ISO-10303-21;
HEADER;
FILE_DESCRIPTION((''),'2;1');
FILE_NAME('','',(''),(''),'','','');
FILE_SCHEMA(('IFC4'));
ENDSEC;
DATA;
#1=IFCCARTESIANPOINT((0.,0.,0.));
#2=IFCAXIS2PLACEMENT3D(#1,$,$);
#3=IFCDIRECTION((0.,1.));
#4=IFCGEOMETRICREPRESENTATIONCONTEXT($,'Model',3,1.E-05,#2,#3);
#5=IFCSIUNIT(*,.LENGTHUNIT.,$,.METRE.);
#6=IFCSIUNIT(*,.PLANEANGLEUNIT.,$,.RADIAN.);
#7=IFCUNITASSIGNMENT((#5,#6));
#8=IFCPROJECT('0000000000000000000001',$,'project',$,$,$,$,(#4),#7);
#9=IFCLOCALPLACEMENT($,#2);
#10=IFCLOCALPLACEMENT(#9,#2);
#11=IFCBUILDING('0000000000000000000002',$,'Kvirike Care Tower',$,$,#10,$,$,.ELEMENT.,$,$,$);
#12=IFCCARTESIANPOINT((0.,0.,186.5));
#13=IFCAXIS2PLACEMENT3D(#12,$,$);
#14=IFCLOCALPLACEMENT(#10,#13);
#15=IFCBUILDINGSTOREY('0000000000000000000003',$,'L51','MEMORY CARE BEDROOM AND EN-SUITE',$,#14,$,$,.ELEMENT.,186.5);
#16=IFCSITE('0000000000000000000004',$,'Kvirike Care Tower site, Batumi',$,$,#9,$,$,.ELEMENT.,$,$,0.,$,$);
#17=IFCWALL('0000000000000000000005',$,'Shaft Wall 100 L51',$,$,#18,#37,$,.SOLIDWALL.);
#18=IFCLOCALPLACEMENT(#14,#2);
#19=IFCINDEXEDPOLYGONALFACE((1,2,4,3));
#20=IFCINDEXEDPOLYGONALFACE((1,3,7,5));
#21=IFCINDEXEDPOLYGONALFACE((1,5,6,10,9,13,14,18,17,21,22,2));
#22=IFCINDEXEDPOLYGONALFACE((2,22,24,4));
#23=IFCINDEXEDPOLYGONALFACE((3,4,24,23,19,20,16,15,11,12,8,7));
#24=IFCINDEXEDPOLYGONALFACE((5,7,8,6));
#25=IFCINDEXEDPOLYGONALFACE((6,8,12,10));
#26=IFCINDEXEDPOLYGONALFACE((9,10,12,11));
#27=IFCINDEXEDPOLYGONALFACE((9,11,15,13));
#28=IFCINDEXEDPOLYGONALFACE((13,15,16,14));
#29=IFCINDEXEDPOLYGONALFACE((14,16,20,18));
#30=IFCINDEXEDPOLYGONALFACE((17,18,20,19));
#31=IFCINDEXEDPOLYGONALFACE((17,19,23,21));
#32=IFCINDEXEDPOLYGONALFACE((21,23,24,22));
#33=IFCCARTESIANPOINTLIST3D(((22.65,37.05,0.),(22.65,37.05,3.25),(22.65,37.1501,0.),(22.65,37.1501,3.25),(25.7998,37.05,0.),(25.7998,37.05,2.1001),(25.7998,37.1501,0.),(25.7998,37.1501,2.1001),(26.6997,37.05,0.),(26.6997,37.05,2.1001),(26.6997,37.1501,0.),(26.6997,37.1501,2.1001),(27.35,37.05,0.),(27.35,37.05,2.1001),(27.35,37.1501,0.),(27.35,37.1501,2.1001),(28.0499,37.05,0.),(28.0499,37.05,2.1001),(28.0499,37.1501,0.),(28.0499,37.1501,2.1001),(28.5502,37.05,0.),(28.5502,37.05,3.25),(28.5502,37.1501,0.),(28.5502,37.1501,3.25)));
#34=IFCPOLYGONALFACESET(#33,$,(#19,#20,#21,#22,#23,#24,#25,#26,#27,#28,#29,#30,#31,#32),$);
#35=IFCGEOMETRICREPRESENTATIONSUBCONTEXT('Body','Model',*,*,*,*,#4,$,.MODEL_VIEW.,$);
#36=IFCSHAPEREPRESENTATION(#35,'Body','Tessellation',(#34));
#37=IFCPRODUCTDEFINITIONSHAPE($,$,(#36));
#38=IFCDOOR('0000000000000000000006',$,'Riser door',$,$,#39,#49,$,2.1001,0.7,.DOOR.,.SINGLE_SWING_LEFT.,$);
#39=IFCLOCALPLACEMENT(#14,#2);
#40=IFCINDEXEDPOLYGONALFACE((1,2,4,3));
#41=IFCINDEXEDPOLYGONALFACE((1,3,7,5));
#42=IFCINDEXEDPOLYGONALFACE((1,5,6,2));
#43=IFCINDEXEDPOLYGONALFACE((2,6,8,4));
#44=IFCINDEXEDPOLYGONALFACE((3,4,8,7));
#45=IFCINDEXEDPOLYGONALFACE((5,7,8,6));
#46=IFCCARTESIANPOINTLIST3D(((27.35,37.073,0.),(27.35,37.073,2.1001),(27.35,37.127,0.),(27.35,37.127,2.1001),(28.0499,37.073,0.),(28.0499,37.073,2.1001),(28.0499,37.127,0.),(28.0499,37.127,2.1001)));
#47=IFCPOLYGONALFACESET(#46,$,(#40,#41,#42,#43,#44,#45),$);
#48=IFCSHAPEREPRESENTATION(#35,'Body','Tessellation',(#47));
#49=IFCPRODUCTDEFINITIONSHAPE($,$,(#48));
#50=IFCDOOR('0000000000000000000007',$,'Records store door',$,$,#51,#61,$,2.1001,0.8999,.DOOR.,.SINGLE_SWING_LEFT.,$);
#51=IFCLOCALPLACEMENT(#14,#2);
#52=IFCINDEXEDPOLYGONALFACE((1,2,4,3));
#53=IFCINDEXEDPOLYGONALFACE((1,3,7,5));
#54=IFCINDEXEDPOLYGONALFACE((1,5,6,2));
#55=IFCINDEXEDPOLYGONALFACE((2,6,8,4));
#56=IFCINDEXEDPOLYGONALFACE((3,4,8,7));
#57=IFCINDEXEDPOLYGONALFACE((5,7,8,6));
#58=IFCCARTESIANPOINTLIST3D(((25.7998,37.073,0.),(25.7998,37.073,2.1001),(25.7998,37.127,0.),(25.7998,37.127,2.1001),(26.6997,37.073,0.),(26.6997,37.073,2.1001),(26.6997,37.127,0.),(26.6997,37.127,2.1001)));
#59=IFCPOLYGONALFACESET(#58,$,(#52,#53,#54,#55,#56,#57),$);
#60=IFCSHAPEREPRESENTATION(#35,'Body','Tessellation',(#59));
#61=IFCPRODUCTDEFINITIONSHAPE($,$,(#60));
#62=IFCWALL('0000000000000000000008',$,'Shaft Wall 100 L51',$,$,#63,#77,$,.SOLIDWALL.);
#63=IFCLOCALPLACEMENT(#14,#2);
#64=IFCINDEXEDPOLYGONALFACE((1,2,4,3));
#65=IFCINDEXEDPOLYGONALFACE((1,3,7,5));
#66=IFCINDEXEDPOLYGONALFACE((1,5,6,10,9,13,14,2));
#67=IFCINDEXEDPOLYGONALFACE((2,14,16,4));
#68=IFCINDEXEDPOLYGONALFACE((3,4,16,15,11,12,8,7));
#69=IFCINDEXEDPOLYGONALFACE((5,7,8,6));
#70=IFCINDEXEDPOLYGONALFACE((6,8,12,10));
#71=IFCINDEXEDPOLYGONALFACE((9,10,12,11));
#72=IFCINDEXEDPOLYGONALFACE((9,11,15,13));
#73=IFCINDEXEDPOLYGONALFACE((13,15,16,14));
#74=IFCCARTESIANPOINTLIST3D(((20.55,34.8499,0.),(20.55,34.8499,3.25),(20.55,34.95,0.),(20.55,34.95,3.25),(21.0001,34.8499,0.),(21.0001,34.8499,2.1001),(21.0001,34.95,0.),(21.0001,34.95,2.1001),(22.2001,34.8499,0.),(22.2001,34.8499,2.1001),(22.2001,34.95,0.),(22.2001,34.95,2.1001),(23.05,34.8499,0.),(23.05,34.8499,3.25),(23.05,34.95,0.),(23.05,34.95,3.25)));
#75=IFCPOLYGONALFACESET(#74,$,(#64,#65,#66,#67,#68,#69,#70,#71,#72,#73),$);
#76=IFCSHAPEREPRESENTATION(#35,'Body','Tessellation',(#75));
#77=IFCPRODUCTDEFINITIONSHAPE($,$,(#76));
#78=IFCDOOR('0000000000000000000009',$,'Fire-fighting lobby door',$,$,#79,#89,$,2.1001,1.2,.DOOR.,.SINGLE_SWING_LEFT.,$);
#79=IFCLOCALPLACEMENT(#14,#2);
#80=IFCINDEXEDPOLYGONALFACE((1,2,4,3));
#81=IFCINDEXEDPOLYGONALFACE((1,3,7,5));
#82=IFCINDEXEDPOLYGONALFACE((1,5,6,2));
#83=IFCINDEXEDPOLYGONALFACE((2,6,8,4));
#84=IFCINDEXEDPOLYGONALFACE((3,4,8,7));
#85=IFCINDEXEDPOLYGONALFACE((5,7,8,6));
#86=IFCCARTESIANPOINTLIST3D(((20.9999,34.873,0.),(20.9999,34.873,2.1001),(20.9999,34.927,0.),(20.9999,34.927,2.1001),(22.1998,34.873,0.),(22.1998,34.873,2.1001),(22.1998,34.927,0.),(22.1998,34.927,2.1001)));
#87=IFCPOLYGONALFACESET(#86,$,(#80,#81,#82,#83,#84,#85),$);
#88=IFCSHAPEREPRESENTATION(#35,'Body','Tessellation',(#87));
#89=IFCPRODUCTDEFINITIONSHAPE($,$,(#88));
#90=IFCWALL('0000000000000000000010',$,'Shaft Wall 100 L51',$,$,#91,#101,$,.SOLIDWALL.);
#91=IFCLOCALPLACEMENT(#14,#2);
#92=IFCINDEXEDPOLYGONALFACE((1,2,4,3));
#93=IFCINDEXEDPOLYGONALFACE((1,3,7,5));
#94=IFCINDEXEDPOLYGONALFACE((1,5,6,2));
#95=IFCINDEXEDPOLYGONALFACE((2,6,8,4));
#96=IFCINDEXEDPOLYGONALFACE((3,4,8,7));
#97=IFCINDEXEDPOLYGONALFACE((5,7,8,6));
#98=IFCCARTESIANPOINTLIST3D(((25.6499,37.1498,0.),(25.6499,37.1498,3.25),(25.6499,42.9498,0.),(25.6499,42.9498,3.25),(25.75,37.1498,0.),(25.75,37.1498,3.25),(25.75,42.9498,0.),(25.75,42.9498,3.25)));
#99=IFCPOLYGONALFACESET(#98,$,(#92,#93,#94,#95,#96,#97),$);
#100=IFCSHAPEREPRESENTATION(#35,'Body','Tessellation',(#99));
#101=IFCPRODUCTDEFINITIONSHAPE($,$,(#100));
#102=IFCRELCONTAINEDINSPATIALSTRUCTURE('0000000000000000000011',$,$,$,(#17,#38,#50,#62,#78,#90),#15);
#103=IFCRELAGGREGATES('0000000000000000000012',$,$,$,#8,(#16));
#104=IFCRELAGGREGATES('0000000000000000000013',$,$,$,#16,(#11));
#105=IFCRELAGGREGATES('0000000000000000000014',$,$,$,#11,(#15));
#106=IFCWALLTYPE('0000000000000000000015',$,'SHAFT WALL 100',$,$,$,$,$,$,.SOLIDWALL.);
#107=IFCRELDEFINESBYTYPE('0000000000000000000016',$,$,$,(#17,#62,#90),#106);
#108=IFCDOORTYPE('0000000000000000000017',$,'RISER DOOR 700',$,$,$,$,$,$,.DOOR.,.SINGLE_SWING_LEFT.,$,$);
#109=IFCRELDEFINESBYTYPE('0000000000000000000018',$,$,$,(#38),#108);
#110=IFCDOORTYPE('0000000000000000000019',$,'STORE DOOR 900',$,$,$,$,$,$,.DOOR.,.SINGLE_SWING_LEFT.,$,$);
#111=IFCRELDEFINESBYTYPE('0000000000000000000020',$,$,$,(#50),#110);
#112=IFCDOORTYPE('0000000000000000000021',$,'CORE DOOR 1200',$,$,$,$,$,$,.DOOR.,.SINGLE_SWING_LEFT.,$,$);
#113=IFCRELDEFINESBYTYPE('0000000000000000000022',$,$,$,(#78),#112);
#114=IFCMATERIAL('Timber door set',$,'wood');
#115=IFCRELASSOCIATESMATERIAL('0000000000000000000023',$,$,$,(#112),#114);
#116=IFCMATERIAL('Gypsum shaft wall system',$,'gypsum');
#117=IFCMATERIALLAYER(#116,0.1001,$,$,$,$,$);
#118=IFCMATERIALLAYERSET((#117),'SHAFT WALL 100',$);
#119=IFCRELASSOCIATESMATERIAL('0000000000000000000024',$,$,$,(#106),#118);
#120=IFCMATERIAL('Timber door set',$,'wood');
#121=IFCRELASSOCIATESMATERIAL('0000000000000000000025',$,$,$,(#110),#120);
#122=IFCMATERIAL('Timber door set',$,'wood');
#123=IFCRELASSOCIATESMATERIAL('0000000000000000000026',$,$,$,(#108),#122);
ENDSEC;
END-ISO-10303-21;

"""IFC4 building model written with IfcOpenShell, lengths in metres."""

from ifc_helpers import new_model, si_unit, direction, frame, frame_2d, origin, place, context, subcontext, project, spatial, rectangle, extrude, material, layer, layer_set, type_object, element, fill, save


model = new_model("IFC4")

# Units and contexts
model_context = context("Model", 3, precision=1e-05, world=origin(), true_north=direction((0.0, 1.0)))
body_context = subcontext(model_context, "Body", "Model", "MODEL_VIEW")
ifc_project = project(units=[si_unit("LENGTHUNIT", "METRE"), si_unit("PLANEANGLEUNIT", "RADIAN")], contexts=[model_context])

# Site, building, storey
site_placement = place(None, origin())
site = spatial("IfcSite", under=ifc_project, at=site_placement, Name="Kvirike Care Tower site, Batumi", CompositionType="ELEMENT", RefElevation=0.0)
building_placement = place(site_placement, origin())
building = spatial("IfcBuilding", under=site, at=building_placement, Name="Kvirike Care Tower", CompositionType="ELEMENT")
storey_placement = place(building_placement, frame((0.0, 0.0, 186.5)))
storey = spatial("IfcBuildingStorey", under=building, at=storey_placement, Name="L51", Description="MEMORY CARE BEDROOM AND EN-SUITE", CompositionType="ELEMENT", Elevation=186.5)

# Shared definitions
ifc_material_1 = material(Name="Timber door set", Category="wood")
door_type_1 = type_object("IfcDoorType", Name="CORE DOOR 1200", OperationType="SINGLE_SWING_LEFT", PredefinedType="DOOR", material=ifc_material_1)

# Shared definitions
ifc_material_2 = material(Name="Gypsum shaft wall system", Category="gypsum")
ifc_layer_1 = layer(ifc_material_2, 0.1001)
ifc_layer_set_1 = layer_set([ifc_layer_1], Name="SHAFT WALL 100")
wall_type_1 = type_object("IfcWallType", Name="SHAFT WALL 100", PredefinedType="SOLIDWALL", material=ifc_layer_set_1)

# Shared definitions
ifc_material_3 = material(Name="Timber door set", Category="wood")
door_type_2 = type_object("IfcDoorType", Name="STORE DOOR 900", OperationType="SINGLE_SWING_LEFT", PredefinedType="DOOR", material=ifc_material_3)

# Wall, openings, doors
wall_1_placement = place(storey_placement, frame((22.6499, 37.1001, 0.0), z_axis=(0.0, 0.0, 1.0), x_axis=(1.0, 0.0, 0.0)))
wall_1 = element("IfcWall", 1, at=wall_1_placement, inside=storey, type_object=wall_type_1, Name="Shaft Wall 100 L51", PredefinedType="SOLIDWALL", context=body_context, shape_type="SweptSolid", body=[
    extrude(rectangle(XDim=5.9001, YDim=0.1001, at=frame_2d((2.9502, 0.0))), origin(), (0.0, 0.0, 1.0), 3.25),
])
opening_1_placement = place(wall_1_placement, frame((3.1499, 0.0, 0.0)))
opening_1 = element("IfcOpeningElement", 2, at=opening_1_placement, cuts=wall_1, PredefinedType="OPENING", context=body_context, shape_type="SweptSolid", body=[
    extrude(rectangle(XDim=0.8999, YDim=2.1001, at=frame_2d((0.45, 1.05))), frame((0.0, 0.0605, 0.0), z_axis=(0.0, -1.0, 0.0), x_axis=(1.0, 0.0, 0.0)), (0.0, 0.0, 1.0), 0.1211),
])
opening_2_placement = place(wall_1_placement, frame((4.7, 0.0, 0.0)))
opening_2 = element("IfcOpeningElement", 3, at=opening_2_placement, cuts=wall_1, PredefinedType="OPENING", context=body_context, shape_type="SweptSolid", body=[
    extrude(rectangle(XDim=0.7, YDim=2.1001, at=frame_2d((0.3501, 1.05))), frame((0.0, 0.0605, 0.0), z_axis=(0.0, -1.0, 0.0), x_axis=(1.0, 0.0, 0.0)), (0.0, 0.0, 1.0), 0.1211),
])
ifc_material_4 = material(Name="Timber door set", Category="wood")
door_type_3 = type_object("IfcDoorType", Name="RISER DOOR 700", OperationType="SINGLE_SWING_LEFT", PredefinedType="DOOR", material=ifc_material_4)
door_1_placement = place(opening_2_placement, origin())
door_1 = element("IfcDoor", 4, at=door_1_placement, inside=storey, type_object=door_type_3, Name="Riser door", OperationType="SINGLE_SWING_LEFT", OverallHeight=2.1001, OverallWidth=0.7, PredefinedType="DOOR", context=body_context, shape_type="SweptSolid", body=[
    extrude(rectangle(XDim=0.7, YDim=2.1001, at=frame_2d((0.3501, 1.05))), frame((0.0, 0.0269, 0.0), z_axis=(0.0, -1.0, 0.0), x_axis=(1.0, 0.0, 0.0)), (0.0, 0.0, 1.0), 0.054),
])
fill(opening_2, door_1)
door_2_placement = place(opening_1_placement, origin())
door_2 = element("IfcDoor", 5, at=door_2_placement, inside=storey, type_object=door_type_2, Name="Records store door", OperationType="SINGLE_SWING_LEFT", OverallHeight=2.1001, OverallWidth=0.8999, PredefinedType="DOOR", context=body_context, shape_type="SweptSolid", body=[
    extrude(rectangle(XDim=0.8999, YDim=2.1001, at=frame_2d((0.45, 1.05))), frame((0.0, 0.0269, 0.0), z_axis=(0.0, -1.0, 0.0), x_axis=(1.0, 0.0, 0.0)), (0.0, 0.0, 1.0), 0.054),
])
fill(opening_1, door_2)

# Wall, opening, door
wall_2_placement = place(storey_placement, frame((20.55, 34.8999, 0.0), z_axis=(0.0, 0.0, 1.0), x_axis=(1.0, 0.0, 0.0)))
wall_2 = element("IfcWall", 6, at=wall_2_placement, inside=storey, type_object=wall_type_1, Name="Shaft Wall 100 L51", PredefinedType="SOLIDWALL", context=body_context, shape_type="SweptSolid", body=[
    extrude(rectangle(XDim=2.5, YDim=0.1001, at=frame_2d((1.25, 0.0))), origin(), (0.0, 0.0, 1.0), 3.25),
])
opening_3_placement = place(wall_2_placement, frame((0.45, 0.0, 0.0)))
opening_3 = element("IfcOpeningElement", 7, at=opening_3_placement, cuts=wall_2, PredefinedType="OPENING", context=body_context, shape_type="SweptSolid", body=[
    extrude(rectangle(XDim=1.2, YDim=2.1001, at=frame_2d((0.6001, 1.05))), frame((0.0, 0.0605, 0.0), z_axis=(0.0, -1.0, 0.0), x_axis=(1.0, 0.0, 0.0)), (0.0, 0.0, 1.0), 0.1211),
])
door_3_placement = place(opening_3_placement, frame((1.2, 0.0, 0.0), z_axis=(0.0, 0.0, 1.0), x_axis=(-1.0, 0.0, 0.0)))
door_3 = element("IfcDoor", 8, at=door_3_placement, inside=storey, type_object=door_type_1, Name="Fire-fighting lobby door", OperationType="SINGLE_SWING_LEFT", OverallHeight=2.1001, OverallWidth=1.2, PredefinedType="DOOR", context=body_context, shape_type="SweptSolid", body=[
    extrude(rectangle(XDim=1.2, YDim=2.1001, at=frame_2d((0.6001, 1.05))), frame((0.0, 0.0269, 0.0), z_axis=(0.0, -1.0, 0.0), x_axis=(1.0, 0.0, 0.0)), (0.0, 0.0, 1.0), 0.054),
])
fill(opening_3, door_3)

# Wall
wall_3_placement = place(storey_placement, frame((25.7, 37.1499, 0.0), z_axis=(0.0, 0.0, 1.0), x_axis=(0.0, 1.0, 0.0)))
element("IfcWall", 9, at=wall_3_placement, inside=storey, type_object=wall_type_1, Name="Shaft Wall 100 L51", PredefinedType="SOLIDWALL", context=body_context, shape_type="SweptSolid", body=[
    extrude(rectangle(XDim=5.8, YDim=0.1001, at=frame_2d((2.8999, 0.0))), origin(), (0.0, 0.0, 1.0), 3.25),
])

save(model, "model.ifc")
